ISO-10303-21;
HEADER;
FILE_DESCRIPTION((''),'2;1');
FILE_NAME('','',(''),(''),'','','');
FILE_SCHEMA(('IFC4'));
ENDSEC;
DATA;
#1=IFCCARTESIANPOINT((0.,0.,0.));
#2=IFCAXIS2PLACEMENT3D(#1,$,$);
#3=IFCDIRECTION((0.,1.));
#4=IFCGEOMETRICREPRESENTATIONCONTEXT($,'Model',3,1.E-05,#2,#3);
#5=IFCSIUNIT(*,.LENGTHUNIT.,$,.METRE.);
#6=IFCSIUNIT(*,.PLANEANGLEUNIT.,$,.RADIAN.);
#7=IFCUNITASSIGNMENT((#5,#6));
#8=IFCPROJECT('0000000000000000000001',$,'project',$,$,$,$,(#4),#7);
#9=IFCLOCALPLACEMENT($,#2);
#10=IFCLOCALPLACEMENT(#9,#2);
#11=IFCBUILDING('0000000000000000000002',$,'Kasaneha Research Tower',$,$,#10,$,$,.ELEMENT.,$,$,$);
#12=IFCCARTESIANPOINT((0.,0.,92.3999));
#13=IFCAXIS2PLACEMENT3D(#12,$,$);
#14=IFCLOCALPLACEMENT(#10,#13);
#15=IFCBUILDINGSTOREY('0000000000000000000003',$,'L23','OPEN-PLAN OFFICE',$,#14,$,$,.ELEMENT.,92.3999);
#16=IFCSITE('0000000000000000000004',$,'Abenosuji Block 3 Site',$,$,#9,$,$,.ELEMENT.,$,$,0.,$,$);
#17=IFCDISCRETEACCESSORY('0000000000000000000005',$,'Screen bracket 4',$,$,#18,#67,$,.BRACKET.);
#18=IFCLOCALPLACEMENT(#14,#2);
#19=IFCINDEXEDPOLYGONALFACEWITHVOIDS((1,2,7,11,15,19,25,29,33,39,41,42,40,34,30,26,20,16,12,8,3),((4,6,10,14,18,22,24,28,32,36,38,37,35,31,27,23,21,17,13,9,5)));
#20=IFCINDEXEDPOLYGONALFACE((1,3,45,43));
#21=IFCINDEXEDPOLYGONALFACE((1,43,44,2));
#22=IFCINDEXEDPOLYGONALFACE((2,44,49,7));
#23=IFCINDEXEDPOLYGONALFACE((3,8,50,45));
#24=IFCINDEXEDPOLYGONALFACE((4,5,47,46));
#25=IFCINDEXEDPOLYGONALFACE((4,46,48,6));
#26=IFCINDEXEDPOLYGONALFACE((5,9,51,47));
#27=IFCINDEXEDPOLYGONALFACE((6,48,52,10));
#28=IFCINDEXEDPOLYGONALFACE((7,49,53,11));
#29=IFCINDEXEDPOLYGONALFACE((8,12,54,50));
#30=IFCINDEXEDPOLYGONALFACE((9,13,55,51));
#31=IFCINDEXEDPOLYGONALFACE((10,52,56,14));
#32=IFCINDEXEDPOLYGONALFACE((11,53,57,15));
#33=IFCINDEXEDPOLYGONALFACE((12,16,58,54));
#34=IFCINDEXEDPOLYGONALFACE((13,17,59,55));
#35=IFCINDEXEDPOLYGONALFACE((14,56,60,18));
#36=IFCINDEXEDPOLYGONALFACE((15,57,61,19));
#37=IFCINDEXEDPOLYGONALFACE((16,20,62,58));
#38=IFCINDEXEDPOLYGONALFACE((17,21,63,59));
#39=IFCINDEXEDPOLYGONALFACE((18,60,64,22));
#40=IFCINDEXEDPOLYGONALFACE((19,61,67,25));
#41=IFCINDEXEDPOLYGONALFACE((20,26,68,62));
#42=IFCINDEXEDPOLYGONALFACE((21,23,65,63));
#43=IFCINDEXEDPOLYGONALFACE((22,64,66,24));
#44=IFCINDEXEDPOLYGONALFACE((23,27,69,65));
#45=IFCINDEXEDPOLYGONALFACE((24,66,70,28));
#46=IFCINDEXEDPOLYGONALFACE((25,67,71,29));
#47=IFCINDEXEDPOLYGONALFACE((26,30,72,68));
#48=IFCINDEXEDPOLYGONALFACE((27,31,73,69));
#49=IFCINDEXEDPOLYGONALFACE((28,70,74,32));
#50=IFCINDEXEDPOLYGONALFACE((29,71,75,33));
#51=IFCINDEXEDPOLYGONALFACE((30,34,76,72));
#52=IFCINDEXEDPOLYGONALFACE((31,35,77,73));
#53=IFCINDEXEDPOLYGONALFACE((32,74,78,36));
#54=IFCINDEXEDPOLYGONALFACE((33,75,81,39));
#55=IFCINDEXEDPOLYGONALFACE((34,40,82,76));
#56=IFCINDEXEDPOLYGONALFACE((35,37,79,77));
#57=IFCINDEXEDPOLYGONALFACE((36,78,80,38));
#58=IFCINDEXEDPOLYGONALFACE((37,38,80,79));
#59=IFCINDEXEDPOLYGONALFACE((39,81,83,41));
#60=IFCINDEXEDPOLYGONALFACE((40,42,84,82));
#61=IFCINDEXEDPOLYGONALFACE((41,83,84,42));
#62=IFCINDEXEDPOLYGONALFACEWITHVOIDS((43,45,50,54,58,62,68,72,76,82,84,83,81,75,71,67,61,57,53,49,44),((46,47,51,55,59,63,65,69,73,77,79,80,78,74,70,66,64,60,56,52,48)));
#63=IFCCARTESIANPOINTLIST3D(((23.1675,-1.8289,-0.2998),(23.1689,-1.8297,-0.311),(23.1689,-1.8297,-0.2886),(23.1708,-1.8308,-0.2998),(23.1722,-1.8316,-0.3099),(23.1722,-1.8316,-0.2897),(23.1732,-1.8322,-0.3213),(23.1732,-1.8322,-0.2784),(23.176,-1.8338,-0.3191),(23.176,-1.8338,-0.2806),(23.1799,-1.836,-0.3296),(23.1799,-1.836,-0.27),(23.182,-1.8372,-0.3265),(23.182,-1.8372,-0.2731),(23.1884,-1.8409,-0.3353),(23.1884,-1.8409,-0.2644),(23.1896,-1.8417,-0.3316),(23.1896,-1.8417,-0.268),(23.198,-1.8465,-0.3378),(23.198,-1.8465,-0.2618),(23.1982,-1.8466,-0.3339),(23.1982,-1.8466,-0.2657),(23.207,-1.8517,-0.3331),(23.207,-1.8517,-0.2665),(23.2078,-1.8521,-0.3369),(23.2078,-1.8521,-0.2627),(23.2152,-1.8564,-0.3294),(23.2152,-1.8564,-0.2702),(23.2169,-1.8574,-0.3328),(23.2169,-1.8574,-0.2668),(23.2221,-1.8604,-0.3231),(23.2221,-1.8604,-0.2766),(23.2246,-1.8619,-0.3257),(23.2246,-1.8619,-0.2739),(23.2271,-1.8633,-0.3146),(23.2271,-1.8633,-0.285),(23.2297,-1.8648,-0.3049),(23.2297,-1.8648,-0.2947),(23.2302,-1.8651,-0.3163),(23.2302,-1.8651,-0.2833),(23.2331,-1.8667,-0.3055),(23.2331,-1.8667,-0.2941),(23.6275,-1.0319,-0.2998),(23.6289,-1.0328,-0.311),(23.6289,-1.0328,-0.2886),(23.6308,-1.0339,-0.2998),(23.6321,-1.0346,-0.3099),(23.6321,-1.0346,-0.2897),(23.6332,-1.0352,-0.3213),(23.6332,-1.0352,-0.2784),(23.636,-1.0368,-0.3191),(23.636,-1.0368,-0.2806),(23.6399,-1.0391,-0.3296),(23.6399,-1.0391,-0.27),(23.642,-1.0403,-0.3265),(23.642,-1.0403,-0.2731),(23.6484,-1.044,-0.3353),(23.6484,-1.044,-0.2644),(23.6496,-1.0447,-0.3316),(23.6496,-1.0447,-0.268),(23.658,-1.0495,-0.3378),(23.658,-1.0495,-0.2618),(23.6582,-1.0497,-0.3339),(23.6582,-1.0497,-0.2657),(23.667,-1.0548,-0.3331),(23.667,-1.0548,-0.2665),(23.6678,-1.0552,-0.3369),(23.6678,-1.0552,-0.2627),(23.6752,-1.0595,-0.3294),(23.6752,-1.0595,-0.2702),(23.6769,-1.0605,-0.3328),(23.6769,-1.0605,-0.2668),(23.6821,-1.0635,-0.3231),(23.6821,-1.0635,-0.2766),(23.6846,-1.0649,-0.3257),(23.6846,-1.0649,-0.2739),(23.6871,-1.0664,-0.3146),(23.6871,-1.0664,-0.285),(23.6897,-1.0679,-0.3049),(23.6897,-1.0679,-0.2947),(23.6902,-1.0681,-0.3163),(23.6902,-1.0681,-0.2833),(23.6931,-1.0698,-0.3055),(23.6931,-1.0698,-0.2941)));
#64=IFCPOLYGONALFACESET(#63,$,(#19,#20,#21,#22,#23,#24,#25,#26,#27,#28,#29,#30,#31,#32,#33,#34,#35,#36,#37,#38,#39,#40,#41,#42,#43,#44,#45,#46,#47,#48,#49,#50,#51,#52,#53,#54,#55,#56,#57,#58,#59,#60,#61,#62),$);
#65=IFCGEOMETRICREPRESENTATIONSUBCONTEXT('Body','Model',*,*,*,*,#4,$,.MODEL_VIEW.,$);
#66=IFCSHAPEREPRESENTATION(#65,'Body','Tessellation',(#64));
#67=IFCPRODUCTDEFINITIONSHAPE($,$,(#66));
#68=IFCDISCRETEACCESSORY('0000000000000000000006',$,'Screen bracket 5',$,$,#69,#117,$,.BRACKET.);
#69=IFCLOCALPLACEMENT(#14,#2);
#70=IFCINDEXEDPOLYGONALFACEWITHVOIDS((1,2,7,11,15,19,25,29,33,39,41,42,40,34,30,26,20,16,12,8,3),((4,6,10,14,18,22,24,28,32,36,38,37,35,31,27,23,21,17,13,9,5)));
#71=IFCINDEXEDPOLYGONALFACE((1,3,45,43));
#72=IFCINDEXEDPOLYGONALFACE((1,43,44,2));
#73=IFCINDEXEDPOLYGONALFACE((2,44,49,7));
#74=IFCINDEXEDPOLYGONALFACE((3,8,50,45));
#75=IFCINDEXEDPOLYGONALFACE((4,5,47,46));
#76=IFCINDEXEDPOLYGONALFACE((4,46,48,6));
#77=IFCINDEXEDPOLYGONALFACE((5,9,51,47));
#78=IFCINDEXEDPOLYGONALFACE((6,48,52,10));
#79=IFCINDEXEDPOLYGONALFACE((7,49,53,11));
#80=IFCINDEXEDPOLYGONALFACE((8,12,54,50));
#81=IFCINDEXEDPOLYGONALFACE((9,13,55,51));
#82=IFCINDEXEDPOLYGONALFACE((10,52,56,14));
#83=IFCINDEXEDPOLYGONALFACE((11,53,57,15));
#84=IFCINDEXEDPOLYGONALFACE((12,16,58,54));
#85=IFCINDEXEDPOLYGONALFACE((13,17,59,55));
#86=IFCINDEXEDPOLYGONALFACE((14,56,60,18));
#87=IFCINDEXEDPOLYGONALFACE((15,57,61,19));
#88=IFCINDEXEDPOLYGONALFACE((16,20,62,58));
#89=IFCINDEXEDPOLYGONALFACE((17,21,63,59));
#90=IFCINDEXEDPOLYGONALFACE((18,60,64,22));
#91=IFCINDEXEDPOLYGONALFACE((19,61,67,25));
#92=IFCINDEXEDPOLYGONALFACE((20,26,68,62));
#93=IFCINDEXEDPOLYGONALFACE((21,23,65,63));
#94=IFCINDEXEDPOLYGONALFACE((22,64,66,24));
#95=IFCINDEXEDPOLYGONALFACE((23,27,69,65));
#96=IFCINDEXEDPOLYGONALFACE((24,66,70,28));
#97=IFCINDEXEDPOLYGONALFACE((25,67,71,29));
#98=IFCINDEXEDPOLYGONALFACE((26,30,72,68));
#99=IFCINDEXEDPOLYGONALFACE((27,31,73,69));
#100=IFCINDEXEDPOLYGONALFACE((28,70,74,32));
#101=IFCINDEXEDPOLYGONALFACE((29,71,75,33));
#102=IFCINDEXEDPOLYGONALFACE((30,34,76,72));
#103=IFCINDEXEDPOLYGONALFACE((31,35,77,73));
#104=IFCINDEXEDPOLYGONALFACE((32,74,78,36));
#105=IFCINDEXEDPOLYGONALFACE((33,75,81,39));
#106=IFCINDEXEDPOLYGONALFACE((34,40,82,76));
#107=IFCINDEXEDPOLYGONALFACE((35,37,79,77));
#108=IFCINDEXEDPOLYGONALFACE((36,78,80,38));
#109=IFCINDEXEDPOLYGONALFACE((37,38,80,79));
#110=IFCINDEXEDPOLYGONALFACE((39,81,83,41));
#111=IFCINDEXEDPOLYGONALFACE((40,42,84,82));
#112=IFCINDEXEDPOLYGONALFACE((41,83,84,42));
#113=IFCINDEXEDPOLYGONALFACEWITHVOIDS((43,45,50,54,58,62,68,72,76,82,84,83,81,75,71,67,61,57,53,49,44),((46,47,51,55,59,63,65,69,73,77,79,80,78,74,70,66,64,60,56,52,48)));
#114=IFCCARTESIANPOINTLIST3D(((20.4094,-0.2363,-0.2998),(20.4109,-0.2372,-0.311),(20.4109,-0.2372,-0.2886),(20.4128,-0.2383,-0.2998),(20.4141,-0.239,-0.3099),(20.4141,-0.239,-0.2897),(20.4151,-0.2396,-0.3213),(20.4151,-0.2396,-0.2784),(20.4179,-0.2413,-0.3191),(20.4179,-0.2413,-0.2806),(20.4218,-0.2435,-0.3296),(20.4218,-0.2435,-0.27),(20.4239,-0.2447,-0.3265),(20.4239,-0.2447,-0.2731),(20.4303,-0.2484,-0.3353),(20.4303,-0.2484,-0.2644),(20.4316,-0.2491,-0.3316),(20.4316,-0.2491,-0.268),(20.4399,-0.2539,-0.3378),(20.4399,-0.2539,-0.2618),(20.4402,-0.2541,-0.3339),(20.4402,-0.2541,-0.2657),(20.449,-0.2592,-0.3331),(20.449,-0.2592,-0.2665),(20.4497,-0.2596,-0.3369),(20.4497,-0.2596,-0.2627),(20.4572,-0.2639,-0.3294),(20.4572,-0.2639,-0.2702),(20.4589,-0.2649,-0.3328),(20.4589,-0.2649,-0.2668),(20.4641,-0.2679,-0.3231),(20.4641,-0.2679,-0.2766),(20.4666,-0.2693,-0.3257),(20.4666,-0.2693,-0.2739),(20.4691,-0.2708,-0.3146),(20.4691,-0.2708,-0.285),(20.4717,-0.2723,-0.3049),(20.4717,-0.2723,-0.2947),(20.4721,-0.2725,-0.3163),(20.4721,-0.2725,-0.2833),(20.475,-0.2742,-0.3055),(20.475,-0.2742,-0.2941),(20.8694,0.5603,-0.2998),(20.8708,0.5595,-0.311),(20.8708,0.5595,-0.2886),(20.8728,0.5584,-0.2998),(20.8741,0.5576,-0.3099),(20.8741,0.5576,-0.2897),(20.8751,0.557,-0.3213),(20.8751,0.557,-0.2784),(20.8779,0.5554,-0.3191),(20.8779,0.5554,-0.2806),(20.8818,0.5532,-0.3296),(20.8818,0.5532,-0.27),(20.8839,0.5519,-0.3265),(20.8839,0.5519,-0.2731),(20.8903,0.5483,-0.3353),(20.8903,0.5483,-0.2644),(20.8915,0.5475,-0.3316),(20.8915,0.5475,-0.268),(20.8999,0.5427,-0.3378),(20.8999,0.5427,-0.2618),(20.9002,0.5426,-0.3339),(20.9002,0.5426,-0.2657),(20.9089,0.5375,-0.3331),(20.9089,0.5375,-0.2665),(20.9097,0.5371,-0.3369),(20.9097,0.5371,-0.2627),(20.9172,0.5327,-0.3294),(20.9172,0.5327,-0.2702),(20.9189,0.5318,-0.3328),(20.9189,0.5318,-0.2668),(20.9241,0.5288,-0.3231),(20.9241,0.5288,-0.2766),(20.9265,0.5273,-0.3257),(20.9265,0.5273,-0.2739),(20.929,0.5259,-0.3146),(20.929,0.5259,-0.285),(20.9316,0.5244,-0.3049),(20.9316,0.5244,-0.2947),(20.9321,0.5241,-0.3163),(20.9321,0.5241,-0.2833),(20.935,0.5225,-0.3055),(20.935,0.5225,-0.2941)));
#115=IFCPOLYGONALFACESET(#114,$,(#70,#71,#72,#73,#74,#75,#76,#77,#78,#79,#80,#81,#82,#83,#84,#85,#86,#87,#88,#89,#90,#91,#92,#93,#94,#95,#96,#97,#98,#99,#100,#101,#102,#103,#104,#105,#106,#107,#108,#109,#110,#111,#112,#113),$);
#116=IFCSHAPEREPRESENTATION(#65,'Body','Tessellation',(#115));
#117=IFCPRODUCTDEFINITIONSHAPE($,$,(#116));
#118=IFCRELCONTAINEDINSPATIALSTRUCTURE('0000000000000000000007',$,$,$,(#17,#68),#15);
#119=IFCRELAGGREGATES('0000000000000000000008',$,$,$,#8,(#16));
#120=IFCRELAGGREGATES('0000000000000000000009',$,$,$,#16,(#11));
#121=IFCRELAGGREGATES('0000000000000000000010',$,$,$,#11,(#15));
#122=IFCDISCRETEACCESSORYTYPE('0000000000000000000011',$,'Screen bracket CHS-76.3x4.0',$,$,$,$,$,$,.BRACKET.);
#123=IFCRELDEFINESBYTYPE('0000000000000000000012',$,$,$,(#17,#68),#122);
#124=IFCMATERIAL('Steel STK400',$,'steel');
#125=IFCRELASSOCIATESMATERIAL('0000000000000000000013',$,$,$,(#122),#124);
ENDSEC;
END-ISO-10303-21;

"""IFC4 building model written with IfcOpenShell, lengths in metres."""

from ifc_helpers import new_model, si_unit, direction, frame, origin, origin_2d, place, context, subcontext, project, spatial, hollow_circle, extrude, material, material_profile, profile_set, type_object, element, save


model = new_model("IFC4")

# Units and contexts
model_context = context("Model", 3, precision=1e-05, world=origin(), true_north=direction((0.0, 1.0)))
body_context = subcontext(model_context, "Body", "Model", "MODEL_VIEW")
ifc_project = project(units=[si_unit("LENGTHUNIT", "METRE"), si_unit("PLANEANGLEUNIT", "RADIAN")], contexts=[model_context])

# Site, building, storey
site_placement = place(None, origin())
site = spatial("IfcSite", under=ifc_project, at=site_placement, Name="Abenosuji Block 3 Site", CompositionType="ELEMENT", RefElevation=0.0)
building_placement = place(site_placement, origin())
building = spatial("IfcBuilding", under=site, at=building_placement, Name="Kasaneha Research Tower", CompositionType="ELEMENT")
storey_placement = place(building_placement, frame((0.0, 0.0, 92.3999)))
storey = spatial("IfcBuildingStorey", under=building, at=storey_placement, Name="L23", Description="OPEN-PLAN OFFICE", CompositionType="ELEMENT", Elevation=92.3999)

# Discrete accessories
ifc_material_1 = material(Name="Steel STK400", Category="steel")
ifc_material_profile_1 = material_profile(ifc_material_1, hollow_circle(Radius=0.0381, WallThickness=0.0039, at=origin_2d()), Name="CHS-76.3x4.0")
ifc_profile_set_1 = profile_set([ifc_material_profile_1], Name="Steel STK400")
discrete_accessory_type = type_object("IfcDiscreteAccessoryType", Name="Screen bracket CHS-76.3x4.0", PredefinedType="BRACKET", material=ifc_profile_set_1)
discrete_accessory_1_placement = place(storey_placement, frame((23.2004, -1.8479, -0.2998), z_axis=(0.499906, 0.86608, 0.0), x_axis=(-0.86608, 0.499906, 0.0)))
element("IfcDiscreteAccessory", 1, at=discrete_accessory_1_placement, inside=storey, type_object=discrete_accessory_type, Name="Screen bracket 4", PredefinedType="BRACKET", context=body_context, shape_type="SweptSolid", body=[
    extrude(hollow_circle(Radius=0.0381, WallThickness=0.0039, at=origin_2d()), origin(), (0.0, 0.0, 1.0), 0.9202),
])
discrete_accessory_2_placement = place(storey_placement, frame((20.4424, -0.2554, -0.2998), z_axis=(0.500021, 0.866013, 0.0), x_axis=(-0.866013, 0.500021, 0.0)))
element("IfcDiscreteAccessory", 2, at=discrete_accessory_2_placement, inside=storey, type_object=discrete_accessory_type, Name="Screen bracket 5", PredefinedType="BRACKET", context=body_context, shape_type="SweptSolid", body=[
    extrude(hollow_circle(Radius=0.0381, WallThickness=0.0039, at=origin_2d()), origin(), (0.0, 0.0, 1.0), 0.9199),
])

save(model, "model.ifc")
